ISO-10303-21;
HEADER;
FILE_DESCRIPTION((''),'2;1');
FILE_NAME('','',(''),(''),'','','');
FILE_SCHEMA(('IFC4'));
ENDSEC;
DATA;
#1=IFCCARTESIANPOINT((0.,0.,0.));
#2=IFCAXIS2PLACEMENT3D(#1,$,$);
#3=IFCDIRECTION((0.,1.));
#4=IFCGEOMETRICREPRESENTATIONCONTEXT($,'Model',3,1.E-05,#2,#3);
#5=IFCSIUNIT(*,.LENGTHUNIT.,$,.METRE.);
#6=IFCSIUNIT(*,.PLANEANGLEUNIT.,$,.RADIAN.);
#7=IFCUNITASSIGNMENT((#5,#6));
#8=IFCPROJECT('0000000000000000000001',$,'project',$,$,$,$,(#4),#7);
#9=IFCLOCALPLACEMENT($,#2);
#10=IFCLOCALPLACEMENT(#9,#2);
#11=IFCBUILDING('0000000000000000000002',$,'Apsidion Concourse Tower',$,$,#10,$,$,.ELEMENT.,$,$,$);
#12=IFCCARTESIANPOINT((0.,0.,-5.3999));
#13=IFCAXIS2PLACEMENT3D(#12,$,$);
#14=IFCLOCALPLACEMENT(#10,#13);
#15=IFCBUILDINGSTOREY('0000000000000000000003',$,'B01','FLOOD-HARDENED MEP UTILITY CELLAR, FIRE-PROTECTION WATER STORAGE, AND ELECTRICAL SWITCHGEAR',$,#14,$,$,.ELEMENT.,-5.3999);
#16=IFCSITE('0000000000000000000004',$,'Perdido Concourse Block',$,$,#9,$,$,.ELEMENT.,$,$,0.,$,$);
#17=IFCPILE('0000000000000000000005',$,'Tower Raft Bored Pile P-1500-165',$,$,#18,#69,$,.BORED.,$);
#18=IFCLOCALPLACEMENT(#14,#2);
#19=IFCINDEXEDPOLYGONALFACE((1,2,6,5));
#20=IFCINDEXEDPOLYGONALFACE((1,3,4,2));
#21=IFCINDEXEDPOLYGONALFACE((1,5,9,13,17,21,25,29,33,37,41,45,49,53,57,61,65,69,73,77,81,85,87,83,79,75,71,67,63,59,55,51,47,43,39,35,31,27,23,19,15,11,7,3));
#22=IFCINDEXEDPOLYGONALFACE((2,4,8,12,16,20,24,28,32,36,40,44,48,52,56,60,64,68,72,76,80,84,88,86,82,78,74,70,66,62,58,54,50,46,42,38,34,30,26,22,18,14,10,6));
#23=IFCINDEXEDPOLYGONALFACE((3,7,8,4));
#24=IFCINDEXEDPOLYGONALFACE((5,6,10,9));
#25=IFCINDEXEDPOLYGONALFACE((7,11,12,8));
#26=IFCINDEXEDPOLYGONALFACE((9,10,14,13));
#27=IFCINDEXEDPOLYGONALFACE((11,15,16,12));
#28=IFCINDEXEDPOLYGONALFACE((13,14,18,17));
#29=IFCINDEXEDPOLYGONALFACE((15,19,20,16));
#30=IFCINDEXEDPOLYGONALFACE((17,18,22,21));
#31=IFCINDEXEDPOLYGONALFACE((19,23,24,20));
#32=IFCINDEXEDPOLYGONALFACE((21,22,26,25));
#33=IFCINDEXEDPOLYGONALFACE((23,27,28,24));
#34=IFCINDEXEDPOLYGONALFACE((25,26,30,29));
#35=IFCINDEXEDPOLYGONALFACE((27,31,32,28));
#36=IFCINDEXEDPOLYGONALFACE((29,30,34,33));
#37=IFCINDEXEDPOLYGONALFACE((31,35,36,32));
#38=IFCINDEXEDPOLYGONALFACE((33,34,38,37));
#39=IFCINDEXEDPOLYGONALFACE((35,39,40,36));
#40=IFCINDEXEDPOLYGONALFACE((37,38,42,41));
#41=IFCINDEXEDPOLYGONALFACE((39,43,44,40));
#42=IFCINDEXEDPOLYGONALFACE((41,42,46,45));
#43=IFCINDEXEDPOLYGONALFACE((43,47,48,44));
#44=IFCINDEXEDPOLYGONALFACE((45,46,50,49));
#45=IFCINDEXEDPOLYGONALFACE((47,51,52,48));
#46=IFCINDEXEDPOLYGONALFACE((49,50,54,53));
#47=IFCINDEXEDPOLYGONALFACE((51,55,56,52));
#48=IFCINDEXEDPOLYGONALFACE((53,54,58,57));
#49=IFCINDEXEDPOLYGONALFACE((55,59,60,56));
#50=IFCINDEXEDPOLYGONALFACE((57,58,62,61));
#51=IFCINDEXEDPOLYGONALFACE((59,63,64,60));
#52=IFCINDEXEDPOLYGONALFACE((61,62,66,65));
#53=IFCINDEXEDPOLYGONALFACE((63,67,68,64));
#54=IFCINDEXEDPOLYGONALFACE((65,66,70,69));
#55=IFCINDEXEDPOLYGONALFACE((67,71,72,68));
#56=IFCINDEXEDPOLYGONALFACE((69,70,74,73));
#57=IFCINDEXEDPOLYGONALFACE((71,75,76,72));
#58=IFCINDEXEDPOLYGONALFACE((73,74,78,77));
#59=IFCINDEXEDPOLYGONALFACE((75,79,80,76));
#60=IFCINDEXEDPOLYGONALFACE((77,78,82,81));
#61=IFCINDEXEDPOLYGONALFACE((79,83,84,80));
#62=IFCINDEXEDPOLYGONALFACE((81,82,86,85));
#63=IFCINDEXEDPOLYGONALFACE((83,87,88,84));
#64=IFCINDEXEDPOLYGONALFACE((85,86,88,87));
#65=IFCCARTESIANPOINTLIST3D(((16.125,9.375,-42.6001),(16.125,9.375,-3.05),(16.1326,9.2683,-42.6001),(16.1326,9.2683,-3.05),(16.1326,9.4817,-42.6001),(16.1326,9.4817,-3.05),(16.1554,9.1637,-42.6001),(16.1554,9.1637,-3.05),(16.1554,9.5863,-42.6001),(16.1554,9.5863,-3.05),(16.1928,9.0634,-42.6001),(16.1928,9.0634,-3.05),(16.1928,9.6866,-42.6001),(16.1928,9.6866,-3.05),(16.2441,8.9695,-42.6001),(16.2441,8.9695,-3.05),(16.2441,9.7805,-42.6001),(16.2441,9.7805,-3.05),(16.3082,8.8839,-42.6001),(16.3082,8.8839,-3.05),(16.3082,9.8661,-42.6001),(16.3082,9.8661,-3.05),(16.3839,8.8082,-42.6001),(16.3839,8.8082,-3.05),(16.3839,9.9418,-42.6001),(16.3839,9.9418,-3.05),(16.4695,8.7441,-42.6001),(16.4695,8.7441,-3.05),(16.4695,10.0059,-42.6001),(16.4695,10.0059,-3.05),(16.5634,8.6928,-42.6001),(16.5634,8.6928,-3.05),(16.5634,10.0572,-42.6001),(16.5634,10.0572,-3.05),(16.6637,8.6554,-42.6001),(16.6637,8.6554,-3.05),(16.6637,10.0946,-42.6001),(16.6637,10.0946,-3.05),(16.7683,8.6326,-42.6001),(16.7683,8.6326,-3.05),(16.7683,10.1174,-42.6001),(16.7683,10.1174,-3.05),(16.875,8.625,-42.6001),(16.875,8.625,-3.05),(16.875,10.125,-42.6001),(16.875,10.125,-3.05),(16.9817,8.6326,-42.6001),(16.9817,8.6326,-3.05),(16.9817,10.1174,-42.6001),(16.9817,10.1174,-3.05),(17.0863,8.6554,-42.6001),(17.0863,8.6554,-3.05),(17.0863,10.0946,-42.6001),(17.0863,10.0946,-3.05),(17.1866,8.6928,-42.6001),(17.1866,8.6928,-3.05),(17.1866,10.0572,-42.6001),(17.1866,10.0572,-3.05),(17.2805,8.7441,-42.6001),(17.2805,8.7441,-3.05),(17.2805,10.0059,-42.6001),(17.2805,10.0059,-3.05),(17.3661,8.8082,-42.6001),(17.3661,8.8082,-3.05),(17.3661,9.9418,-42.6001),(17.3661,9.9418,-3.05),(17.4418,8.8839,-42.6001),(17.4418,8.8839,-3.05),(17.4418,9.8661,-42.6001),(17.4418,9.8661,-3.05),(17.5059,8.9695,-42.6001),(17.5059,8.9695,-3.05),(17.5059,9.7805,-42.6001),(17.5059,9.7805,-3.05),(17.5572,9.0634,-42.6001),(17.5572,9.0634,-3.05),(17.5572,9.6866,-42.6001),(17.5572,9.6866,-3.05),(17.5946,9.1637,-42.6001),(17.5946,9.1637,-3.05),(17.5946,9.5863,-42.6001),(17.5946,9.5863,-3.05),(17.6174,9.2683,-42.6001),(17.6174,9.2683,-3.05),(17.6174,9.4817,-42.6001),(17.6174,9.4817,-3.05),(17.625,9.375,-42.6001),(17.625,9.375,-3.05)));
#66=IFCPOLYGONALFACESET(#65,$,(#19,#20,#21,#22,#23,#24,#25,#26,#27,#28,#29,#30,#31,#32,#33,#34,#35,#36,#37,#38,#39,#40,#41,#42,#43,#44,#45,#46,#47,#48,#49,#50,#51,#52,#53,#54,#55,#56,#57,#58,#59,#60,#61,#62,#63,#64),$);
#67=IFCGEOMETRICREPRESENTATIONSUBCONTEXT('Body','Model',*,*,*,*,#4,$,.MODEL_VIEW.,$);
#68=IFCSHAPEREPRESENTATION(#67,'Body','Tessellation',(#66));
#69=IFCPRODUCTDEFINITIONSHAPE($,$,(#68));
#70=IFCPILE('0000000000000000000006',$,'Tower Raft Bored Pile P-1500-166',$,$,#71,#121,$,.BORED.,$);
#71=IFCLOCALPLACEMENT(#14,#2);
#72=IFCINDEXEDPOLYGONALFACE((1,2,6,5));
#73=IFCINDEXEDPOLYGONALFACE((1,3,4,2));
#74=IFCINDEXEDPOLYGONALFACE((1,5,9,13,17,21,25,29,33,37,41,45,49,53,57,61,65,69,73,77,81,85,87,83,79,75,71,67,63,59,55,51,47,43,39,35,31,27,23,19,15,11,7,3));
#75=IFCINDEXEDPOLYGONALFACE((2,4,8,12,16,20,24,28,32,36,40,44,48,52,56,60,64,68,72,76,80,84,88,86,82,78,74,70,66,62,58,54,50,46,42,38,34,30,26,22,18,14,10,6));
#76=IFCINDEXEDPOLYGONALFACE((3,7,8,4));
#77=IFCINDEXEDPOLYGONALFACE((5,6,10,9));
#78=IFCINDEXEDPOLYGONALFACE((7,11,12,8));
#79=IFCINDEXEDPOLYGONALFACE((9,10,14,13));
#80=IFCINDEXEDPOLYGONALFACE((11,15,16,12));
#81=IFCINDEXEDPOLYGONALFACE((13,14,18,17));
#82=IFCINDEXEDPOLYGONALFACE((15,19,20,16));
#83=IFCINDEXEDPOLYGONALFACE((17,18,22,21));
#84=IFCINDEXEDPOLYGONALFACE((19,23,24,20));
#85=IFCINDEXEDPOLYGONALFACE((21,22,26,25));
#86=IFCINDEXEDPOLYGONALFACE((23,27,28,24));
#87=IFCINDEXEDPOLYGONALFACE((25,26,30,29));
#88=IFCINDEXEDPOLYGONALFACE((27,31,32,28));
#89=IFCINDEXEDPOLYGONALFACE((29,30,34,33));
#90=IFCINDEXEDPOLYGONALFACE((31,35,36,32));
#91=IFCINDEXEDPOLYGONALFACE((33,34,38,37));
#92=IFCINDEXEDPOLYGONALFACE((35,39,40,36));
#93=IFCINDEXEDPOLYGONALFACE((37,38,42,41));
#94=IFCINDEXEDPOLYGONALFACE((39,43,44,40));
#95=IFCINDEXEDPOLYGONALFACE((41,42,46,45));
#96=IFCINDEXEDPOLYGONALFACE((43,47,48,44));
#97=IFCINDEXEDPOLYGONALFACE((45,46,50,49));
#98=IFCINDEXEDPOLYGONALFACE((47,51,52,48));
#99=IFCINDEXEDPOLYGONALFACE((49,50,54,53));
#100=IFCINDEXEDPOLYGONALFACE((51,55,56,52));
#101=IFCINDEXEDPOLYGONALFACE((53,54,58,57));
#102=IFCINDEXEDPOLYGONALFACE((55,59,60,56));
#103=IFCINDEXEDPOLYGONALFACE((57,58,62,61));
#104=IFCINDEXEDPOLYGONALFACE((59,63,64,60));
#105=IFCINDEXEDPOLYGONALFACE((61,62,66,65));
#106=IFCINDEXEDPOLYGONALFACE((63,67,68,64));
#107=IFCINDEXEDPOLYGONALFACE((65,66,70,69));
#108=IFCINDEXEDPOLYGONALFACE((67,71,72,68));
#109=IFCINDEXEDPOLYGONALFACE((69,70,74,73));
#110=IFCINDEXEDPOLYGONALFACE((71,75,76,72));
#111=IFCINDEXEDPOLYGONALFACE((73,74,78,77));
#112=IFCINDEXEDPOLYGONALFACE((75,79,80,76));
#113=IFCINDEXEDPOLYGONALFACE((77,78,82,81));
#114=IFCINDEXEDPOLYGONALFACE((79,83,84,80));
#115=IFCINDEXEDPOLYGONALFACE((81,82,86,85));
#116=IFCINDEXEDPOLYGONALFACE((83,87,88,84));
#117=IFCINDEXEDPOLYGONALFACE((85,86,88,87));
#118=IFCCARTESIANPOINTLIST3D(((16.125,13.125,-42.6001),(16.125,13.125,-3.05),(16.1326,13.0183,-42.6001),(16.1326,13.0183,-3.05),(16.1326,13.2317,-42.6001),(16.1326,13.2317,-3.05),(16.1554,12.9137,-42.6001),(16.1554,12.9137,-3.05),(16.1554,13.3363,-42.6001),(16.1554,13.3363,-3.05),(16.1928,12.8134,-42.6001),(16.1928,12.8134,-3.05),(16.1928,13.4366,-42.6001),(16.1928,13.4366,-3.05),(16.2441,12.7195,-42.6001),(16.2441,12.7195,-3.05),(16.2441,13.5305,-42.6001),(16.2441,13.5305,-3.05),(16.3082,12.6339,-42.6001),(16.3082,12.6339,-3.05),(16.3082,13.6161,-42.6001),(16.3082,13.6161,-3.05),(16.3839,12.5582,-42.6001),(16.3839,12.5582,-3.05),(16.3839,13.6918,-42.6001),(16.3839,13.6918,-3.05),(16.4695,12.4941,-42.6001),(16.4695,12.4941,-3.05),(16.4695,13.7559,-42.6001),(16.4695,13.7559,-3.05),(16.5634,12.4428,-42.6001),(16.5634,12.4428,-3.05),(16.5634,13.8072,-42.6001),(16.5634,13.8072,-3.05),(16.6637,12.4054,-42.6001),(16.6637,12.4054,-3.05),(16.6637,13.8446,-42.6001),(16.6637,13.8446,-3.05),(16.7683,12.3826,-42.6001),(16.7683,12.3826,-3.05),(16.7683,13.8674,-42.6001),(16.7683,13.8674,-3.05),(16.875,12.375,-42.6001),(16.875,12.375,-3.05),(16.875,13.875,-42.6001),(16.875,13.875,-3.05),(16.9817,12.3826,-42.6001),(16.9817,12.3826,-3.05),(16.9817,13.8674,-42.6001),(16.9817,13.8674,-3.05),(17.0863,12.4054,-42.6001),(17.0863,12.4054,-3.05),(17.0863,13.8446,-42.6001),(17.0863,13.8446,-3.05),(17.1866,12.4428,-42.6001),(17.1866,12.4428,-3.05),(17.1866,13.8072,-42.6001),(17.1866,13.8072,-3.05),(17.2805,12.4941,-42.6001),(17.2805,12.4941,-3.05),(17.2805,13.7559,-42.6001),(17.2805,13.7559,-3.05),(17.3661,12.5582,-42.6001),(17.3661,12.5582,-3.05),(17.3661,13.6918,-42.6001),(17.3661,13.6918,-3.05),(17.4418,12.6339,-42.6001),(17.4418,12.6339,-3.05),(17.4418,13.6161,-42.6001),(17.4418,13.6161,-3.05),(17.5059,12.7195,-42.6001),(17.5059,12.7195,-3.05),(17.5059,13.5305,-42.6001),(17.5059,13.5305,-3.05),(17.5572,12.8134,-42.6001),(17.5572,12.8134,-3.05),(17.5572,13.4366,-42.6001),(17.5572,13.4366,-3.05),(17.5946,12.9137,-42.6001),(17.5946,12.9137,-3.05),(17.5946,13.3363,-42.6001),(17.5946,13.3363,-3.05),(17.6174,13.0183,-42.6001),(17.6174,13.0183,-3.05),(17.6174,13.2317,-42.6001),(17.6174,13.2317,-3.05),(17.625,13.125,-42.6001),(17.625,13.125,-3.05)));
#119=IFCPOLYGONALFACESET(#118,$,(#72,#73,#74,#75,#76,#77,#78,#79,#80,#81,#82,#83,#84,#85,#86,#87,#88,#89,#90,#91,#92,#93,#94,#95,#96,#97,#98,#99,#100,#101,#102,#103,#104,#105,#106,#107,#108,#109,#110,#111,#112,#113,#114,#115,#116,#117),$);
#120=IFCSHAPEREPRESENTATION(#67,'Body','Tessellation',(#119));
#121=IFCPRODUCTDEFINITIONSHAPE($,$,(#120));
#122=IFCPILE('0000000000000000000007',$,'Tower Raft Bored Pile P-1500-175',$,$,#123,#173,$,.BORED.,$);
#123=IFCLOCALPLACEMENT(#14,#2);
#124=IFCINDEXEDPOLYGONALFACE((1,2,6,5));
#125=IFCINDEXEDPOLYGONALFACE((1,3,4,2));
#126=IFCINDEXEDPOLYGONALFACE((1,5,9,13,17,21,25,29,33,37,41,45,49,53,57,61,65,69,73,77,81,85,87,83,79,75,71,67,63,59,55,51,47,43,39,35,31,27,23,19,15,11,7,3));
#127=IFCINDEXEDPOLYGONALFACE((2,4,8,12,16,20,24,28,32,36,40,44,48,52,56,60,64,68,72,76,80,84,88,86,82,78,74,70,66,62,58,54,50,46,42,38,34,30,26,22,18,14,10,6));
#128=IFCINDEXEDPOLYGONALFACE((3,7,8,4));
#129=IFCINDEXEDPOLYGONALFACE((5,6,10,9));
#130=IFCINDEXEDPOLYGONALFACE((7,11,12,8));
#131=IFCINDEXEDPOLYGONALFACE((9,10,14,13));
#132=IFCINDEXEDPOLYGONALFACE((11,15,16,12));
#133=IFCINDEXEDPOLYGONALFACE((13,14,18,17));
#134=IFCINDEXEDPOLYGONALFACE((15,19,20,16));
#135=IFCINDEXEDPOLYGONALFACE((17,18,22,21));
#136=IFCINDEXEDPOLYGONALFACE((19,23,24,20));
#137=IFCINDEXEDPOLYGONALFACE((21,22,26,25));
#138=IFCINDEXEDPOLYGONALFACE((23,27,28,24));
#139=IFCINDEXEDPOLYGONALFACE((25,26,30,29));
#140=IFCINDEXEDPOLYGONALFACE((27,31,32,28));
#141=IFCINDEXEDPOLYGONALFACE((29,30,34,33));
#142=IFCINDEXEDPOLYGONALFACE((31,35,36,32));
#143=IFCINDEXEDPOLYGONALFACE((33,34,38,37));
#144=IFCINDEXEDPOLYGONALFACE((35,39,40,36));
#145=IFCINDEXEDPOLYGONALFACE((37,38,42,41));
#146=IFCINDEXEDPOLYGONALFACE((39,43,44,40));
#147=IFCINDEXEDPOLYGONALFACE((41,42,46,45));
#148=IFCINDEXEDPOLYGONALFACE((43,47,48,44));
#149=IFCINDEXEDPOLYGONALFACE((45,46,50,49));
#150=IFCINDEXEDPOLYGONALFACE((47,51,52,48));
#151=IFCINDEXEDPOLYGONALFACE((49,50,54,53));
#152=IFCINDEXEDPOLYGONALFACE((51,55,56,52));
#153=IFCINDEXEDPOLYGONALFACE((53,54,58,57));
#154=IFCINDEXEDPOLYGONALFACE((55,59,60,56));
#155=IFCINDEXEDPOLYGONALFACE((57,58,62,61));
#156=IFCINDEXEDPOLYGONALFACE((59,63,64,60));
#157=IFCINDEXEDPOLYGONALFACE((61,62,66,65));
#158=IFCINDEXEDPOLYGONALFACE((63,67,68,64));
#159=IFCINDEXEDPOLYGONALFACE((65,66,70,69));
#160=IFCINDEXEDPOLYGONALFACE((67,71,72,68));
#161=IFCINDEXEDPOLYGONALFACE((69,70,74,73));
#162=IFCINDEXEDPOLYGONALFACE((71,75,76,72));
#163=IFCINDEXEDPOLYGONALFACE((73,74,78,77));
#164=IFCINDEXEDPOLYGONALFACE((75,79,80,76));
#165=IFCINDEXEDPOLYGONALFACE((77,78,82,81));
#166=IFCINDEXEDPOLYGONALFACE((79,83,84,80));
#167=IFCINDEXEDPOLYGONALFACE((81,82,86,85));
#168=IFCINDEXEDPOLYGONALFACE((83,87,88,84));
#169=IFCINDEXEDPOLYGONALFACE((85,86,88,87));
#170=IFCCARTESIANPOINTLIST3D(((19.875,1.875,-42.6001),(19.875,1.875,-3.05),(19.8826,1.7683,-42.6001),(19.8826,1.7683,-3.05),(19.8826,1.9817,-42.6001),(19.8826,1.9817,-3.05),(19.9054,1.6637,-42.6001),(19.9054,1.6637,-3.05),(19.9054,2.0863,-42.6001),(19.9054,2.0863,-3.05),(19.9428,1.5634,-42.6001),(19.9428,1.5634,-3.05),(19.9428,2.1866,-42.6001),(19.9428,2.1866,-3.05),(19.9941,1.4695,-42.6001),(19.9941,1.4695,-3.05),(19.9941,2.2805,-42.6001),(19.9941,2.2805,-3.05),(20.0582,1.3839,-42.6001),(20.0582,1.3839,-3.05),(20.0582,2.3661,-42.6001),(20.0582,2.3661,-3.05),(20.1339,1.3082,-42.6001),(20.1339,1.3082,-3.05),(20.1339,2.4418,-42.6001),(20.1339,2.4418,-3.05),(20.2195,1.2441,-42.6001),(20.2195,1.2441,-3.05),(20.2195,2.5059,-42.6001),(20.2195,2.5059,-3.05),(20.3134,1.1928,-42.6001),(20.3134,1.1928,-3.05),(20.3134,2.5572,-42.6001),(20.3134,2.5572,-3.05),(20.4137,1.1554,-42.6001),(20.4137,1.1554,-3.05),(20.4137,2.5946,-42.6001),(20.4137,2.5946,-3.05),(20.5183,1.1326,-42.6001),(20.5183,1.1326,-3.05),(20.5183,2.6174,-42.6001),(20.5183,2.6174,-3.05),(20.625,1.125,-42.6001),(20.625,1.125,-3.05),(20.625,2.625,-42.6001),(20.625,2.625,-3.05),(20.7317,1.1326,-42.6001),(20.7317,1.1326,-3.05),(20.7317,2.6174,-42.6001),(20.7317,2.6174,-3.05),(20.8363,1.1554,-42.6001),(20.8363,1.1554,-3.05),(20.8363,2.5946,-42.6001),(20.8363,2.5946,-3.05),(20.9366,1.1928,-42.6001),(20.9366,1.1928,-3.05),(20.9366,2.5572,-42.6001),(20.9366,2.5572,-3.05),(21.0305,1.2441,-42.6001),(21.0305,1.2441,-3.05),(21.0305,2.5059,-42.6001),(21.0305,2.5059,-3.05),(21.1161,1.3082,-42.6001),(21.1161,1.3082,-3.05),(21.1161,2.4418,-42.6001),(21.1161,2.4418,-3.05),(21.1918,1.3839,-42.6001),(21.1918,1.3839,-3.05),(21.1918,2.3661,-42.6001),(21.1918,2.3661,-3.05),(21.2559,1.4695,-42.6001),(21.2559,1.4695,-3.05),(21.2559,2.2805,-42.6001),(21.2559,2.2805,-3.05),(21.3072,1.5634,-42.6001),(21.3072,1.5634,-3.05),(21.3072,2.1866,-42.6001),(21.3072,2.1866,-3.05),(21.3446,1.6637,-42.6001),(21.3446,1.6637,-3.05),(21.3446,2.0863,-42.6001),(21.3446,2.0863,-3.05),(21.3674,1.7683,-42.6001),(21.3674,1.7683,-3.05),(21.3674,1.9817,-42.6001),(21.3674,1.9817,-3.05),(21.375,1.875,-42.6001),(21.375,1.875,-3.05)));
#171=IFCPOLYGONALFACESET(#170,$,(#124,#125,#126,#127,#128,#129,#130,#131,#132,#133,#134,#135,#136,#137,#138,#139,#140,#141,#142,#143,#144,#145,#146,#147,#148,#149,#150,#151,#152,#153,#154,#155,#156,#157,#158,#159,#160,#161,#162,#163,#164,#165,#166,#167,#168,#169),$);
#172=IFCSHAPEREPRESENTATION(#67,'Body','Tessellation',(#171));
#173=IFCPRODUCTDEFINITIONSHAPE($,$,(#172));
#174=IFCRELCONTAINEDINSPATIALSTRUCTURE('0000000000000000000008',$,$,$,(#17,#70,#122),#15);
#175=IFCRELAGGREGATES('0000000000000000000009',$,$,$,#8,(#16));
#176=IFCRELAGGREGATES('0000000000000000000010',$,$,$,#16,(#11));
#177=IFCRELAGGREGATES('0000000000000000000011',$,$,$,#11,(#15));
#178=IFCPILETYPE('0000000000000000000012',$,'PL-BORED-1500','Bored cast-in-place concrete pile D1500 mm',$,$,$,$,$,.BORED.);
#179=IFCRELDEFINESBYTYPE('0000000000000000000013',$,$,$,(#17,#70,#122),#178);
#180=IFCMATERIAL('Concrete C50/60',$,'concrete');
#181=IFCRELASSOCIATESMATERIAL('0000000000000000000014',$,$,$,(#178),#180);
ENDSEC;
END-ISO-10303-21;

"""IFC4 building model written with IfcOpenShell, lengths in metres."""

from ifc_helpers import new_model, si_unit, direction, frame, origin, origin_2d, place, context, subcontext, project, spatial, circle, extrude, material, material_profile, profile_set, type_object, element, save


model = new_model("IFC4")

# Units and contexts
model_context = context("Model", 3, precision=1e-05, world=origin(), true_north=direction((0.0, 1.0)))
body_context = subcontext(model_context, "Body", "Model", "MODEL_VIEW")
ifc_project = project(units=[si_unit("LENGTHUNIT", "METRE"), si_unit("PLANEANGLEUNIT", "RADIAN")], contexts=[model_context])

# Site, building, storey
site_placement = place(None, origin())
site = spatial("IfcSite", under=ifc_project, at=site_placement, Name="Perdido Concourse Block", CompositionType="ELEMENT", RefElevation=0.0)
building_placement = place(site_placement, origin())
building = spatial("IfcBuilding", under=site, at=building_placement, Name="Apsidion Concourse Tower", CompositionType="ELEMENT")
storey_placement = place(building_placement, frame((0.0, 0.0, -5.3999)))
storey = spatial("IfcBuildingStorey", under=building, at=storey_placement, Name="B01", Description="FLOOD-HARDENED MEP UTILITY CELLAR, FIRE-PROTECTION WATER STORAGE, AND ELECTRICAL SWITCHGEAR", CompositionType="ELEMENT", Elevation=-5.3999)

# Shared definitions
ifc_material_1 = material(Name="Concrete C50/60", Category="concrete")

# Piles
ifc_material_profile_1 = material_profile(ifc_material_1, circle(Radius=0.75, at=origin_2d()), Name="BORED PILE D1500")
ifc_profile_set_1 = profile_set([ifc_material_profile_1], Name="Concrete C50/60")
pile_type_1 = type_object("IfcPileType", Name="PL-BORED-1500", Description="Bored cast-in-place concrete pile D1500 mm", PredefinedType="BORED", material=ifc_profile_set_1)
for number, where, z_axis, x_axis, name in (
    (1, (16.875, 9.375, -3.05), (0.0, 0.0, -1.0), (1.0, 0.0, 0.0), "Tower Raft Bored Pile P-1500-165"),
    (2, (16.875, 13.125, -3.05), (0.0, 0.0, -1.0), (1.0, 0.0, 0.0), "Tower Raft Bored Pile P-1500-166"),
    (3, (20.625, 1.875, -3.05), (0.0, 0.0, -1.0), (1.0, 0.0, 0.0), "Tower Raft Bored Pile P-1500-175"),
):
    element("IfcPile", number, at=place(storey_placement, frame(where, z_axis=z_axis, x_axis=x_axis)), inside=storey, type_object=pile_type_1, Name=name, PredefinedType="BORED", context=body_context, shape_type="SweptSolid", body=[
        extrude(circle(Radius=0.75, at=origin_2d()), origin(), (0.0, 0.0, 1.0), 39.55),
    ])

save(model, "model.ifc")
